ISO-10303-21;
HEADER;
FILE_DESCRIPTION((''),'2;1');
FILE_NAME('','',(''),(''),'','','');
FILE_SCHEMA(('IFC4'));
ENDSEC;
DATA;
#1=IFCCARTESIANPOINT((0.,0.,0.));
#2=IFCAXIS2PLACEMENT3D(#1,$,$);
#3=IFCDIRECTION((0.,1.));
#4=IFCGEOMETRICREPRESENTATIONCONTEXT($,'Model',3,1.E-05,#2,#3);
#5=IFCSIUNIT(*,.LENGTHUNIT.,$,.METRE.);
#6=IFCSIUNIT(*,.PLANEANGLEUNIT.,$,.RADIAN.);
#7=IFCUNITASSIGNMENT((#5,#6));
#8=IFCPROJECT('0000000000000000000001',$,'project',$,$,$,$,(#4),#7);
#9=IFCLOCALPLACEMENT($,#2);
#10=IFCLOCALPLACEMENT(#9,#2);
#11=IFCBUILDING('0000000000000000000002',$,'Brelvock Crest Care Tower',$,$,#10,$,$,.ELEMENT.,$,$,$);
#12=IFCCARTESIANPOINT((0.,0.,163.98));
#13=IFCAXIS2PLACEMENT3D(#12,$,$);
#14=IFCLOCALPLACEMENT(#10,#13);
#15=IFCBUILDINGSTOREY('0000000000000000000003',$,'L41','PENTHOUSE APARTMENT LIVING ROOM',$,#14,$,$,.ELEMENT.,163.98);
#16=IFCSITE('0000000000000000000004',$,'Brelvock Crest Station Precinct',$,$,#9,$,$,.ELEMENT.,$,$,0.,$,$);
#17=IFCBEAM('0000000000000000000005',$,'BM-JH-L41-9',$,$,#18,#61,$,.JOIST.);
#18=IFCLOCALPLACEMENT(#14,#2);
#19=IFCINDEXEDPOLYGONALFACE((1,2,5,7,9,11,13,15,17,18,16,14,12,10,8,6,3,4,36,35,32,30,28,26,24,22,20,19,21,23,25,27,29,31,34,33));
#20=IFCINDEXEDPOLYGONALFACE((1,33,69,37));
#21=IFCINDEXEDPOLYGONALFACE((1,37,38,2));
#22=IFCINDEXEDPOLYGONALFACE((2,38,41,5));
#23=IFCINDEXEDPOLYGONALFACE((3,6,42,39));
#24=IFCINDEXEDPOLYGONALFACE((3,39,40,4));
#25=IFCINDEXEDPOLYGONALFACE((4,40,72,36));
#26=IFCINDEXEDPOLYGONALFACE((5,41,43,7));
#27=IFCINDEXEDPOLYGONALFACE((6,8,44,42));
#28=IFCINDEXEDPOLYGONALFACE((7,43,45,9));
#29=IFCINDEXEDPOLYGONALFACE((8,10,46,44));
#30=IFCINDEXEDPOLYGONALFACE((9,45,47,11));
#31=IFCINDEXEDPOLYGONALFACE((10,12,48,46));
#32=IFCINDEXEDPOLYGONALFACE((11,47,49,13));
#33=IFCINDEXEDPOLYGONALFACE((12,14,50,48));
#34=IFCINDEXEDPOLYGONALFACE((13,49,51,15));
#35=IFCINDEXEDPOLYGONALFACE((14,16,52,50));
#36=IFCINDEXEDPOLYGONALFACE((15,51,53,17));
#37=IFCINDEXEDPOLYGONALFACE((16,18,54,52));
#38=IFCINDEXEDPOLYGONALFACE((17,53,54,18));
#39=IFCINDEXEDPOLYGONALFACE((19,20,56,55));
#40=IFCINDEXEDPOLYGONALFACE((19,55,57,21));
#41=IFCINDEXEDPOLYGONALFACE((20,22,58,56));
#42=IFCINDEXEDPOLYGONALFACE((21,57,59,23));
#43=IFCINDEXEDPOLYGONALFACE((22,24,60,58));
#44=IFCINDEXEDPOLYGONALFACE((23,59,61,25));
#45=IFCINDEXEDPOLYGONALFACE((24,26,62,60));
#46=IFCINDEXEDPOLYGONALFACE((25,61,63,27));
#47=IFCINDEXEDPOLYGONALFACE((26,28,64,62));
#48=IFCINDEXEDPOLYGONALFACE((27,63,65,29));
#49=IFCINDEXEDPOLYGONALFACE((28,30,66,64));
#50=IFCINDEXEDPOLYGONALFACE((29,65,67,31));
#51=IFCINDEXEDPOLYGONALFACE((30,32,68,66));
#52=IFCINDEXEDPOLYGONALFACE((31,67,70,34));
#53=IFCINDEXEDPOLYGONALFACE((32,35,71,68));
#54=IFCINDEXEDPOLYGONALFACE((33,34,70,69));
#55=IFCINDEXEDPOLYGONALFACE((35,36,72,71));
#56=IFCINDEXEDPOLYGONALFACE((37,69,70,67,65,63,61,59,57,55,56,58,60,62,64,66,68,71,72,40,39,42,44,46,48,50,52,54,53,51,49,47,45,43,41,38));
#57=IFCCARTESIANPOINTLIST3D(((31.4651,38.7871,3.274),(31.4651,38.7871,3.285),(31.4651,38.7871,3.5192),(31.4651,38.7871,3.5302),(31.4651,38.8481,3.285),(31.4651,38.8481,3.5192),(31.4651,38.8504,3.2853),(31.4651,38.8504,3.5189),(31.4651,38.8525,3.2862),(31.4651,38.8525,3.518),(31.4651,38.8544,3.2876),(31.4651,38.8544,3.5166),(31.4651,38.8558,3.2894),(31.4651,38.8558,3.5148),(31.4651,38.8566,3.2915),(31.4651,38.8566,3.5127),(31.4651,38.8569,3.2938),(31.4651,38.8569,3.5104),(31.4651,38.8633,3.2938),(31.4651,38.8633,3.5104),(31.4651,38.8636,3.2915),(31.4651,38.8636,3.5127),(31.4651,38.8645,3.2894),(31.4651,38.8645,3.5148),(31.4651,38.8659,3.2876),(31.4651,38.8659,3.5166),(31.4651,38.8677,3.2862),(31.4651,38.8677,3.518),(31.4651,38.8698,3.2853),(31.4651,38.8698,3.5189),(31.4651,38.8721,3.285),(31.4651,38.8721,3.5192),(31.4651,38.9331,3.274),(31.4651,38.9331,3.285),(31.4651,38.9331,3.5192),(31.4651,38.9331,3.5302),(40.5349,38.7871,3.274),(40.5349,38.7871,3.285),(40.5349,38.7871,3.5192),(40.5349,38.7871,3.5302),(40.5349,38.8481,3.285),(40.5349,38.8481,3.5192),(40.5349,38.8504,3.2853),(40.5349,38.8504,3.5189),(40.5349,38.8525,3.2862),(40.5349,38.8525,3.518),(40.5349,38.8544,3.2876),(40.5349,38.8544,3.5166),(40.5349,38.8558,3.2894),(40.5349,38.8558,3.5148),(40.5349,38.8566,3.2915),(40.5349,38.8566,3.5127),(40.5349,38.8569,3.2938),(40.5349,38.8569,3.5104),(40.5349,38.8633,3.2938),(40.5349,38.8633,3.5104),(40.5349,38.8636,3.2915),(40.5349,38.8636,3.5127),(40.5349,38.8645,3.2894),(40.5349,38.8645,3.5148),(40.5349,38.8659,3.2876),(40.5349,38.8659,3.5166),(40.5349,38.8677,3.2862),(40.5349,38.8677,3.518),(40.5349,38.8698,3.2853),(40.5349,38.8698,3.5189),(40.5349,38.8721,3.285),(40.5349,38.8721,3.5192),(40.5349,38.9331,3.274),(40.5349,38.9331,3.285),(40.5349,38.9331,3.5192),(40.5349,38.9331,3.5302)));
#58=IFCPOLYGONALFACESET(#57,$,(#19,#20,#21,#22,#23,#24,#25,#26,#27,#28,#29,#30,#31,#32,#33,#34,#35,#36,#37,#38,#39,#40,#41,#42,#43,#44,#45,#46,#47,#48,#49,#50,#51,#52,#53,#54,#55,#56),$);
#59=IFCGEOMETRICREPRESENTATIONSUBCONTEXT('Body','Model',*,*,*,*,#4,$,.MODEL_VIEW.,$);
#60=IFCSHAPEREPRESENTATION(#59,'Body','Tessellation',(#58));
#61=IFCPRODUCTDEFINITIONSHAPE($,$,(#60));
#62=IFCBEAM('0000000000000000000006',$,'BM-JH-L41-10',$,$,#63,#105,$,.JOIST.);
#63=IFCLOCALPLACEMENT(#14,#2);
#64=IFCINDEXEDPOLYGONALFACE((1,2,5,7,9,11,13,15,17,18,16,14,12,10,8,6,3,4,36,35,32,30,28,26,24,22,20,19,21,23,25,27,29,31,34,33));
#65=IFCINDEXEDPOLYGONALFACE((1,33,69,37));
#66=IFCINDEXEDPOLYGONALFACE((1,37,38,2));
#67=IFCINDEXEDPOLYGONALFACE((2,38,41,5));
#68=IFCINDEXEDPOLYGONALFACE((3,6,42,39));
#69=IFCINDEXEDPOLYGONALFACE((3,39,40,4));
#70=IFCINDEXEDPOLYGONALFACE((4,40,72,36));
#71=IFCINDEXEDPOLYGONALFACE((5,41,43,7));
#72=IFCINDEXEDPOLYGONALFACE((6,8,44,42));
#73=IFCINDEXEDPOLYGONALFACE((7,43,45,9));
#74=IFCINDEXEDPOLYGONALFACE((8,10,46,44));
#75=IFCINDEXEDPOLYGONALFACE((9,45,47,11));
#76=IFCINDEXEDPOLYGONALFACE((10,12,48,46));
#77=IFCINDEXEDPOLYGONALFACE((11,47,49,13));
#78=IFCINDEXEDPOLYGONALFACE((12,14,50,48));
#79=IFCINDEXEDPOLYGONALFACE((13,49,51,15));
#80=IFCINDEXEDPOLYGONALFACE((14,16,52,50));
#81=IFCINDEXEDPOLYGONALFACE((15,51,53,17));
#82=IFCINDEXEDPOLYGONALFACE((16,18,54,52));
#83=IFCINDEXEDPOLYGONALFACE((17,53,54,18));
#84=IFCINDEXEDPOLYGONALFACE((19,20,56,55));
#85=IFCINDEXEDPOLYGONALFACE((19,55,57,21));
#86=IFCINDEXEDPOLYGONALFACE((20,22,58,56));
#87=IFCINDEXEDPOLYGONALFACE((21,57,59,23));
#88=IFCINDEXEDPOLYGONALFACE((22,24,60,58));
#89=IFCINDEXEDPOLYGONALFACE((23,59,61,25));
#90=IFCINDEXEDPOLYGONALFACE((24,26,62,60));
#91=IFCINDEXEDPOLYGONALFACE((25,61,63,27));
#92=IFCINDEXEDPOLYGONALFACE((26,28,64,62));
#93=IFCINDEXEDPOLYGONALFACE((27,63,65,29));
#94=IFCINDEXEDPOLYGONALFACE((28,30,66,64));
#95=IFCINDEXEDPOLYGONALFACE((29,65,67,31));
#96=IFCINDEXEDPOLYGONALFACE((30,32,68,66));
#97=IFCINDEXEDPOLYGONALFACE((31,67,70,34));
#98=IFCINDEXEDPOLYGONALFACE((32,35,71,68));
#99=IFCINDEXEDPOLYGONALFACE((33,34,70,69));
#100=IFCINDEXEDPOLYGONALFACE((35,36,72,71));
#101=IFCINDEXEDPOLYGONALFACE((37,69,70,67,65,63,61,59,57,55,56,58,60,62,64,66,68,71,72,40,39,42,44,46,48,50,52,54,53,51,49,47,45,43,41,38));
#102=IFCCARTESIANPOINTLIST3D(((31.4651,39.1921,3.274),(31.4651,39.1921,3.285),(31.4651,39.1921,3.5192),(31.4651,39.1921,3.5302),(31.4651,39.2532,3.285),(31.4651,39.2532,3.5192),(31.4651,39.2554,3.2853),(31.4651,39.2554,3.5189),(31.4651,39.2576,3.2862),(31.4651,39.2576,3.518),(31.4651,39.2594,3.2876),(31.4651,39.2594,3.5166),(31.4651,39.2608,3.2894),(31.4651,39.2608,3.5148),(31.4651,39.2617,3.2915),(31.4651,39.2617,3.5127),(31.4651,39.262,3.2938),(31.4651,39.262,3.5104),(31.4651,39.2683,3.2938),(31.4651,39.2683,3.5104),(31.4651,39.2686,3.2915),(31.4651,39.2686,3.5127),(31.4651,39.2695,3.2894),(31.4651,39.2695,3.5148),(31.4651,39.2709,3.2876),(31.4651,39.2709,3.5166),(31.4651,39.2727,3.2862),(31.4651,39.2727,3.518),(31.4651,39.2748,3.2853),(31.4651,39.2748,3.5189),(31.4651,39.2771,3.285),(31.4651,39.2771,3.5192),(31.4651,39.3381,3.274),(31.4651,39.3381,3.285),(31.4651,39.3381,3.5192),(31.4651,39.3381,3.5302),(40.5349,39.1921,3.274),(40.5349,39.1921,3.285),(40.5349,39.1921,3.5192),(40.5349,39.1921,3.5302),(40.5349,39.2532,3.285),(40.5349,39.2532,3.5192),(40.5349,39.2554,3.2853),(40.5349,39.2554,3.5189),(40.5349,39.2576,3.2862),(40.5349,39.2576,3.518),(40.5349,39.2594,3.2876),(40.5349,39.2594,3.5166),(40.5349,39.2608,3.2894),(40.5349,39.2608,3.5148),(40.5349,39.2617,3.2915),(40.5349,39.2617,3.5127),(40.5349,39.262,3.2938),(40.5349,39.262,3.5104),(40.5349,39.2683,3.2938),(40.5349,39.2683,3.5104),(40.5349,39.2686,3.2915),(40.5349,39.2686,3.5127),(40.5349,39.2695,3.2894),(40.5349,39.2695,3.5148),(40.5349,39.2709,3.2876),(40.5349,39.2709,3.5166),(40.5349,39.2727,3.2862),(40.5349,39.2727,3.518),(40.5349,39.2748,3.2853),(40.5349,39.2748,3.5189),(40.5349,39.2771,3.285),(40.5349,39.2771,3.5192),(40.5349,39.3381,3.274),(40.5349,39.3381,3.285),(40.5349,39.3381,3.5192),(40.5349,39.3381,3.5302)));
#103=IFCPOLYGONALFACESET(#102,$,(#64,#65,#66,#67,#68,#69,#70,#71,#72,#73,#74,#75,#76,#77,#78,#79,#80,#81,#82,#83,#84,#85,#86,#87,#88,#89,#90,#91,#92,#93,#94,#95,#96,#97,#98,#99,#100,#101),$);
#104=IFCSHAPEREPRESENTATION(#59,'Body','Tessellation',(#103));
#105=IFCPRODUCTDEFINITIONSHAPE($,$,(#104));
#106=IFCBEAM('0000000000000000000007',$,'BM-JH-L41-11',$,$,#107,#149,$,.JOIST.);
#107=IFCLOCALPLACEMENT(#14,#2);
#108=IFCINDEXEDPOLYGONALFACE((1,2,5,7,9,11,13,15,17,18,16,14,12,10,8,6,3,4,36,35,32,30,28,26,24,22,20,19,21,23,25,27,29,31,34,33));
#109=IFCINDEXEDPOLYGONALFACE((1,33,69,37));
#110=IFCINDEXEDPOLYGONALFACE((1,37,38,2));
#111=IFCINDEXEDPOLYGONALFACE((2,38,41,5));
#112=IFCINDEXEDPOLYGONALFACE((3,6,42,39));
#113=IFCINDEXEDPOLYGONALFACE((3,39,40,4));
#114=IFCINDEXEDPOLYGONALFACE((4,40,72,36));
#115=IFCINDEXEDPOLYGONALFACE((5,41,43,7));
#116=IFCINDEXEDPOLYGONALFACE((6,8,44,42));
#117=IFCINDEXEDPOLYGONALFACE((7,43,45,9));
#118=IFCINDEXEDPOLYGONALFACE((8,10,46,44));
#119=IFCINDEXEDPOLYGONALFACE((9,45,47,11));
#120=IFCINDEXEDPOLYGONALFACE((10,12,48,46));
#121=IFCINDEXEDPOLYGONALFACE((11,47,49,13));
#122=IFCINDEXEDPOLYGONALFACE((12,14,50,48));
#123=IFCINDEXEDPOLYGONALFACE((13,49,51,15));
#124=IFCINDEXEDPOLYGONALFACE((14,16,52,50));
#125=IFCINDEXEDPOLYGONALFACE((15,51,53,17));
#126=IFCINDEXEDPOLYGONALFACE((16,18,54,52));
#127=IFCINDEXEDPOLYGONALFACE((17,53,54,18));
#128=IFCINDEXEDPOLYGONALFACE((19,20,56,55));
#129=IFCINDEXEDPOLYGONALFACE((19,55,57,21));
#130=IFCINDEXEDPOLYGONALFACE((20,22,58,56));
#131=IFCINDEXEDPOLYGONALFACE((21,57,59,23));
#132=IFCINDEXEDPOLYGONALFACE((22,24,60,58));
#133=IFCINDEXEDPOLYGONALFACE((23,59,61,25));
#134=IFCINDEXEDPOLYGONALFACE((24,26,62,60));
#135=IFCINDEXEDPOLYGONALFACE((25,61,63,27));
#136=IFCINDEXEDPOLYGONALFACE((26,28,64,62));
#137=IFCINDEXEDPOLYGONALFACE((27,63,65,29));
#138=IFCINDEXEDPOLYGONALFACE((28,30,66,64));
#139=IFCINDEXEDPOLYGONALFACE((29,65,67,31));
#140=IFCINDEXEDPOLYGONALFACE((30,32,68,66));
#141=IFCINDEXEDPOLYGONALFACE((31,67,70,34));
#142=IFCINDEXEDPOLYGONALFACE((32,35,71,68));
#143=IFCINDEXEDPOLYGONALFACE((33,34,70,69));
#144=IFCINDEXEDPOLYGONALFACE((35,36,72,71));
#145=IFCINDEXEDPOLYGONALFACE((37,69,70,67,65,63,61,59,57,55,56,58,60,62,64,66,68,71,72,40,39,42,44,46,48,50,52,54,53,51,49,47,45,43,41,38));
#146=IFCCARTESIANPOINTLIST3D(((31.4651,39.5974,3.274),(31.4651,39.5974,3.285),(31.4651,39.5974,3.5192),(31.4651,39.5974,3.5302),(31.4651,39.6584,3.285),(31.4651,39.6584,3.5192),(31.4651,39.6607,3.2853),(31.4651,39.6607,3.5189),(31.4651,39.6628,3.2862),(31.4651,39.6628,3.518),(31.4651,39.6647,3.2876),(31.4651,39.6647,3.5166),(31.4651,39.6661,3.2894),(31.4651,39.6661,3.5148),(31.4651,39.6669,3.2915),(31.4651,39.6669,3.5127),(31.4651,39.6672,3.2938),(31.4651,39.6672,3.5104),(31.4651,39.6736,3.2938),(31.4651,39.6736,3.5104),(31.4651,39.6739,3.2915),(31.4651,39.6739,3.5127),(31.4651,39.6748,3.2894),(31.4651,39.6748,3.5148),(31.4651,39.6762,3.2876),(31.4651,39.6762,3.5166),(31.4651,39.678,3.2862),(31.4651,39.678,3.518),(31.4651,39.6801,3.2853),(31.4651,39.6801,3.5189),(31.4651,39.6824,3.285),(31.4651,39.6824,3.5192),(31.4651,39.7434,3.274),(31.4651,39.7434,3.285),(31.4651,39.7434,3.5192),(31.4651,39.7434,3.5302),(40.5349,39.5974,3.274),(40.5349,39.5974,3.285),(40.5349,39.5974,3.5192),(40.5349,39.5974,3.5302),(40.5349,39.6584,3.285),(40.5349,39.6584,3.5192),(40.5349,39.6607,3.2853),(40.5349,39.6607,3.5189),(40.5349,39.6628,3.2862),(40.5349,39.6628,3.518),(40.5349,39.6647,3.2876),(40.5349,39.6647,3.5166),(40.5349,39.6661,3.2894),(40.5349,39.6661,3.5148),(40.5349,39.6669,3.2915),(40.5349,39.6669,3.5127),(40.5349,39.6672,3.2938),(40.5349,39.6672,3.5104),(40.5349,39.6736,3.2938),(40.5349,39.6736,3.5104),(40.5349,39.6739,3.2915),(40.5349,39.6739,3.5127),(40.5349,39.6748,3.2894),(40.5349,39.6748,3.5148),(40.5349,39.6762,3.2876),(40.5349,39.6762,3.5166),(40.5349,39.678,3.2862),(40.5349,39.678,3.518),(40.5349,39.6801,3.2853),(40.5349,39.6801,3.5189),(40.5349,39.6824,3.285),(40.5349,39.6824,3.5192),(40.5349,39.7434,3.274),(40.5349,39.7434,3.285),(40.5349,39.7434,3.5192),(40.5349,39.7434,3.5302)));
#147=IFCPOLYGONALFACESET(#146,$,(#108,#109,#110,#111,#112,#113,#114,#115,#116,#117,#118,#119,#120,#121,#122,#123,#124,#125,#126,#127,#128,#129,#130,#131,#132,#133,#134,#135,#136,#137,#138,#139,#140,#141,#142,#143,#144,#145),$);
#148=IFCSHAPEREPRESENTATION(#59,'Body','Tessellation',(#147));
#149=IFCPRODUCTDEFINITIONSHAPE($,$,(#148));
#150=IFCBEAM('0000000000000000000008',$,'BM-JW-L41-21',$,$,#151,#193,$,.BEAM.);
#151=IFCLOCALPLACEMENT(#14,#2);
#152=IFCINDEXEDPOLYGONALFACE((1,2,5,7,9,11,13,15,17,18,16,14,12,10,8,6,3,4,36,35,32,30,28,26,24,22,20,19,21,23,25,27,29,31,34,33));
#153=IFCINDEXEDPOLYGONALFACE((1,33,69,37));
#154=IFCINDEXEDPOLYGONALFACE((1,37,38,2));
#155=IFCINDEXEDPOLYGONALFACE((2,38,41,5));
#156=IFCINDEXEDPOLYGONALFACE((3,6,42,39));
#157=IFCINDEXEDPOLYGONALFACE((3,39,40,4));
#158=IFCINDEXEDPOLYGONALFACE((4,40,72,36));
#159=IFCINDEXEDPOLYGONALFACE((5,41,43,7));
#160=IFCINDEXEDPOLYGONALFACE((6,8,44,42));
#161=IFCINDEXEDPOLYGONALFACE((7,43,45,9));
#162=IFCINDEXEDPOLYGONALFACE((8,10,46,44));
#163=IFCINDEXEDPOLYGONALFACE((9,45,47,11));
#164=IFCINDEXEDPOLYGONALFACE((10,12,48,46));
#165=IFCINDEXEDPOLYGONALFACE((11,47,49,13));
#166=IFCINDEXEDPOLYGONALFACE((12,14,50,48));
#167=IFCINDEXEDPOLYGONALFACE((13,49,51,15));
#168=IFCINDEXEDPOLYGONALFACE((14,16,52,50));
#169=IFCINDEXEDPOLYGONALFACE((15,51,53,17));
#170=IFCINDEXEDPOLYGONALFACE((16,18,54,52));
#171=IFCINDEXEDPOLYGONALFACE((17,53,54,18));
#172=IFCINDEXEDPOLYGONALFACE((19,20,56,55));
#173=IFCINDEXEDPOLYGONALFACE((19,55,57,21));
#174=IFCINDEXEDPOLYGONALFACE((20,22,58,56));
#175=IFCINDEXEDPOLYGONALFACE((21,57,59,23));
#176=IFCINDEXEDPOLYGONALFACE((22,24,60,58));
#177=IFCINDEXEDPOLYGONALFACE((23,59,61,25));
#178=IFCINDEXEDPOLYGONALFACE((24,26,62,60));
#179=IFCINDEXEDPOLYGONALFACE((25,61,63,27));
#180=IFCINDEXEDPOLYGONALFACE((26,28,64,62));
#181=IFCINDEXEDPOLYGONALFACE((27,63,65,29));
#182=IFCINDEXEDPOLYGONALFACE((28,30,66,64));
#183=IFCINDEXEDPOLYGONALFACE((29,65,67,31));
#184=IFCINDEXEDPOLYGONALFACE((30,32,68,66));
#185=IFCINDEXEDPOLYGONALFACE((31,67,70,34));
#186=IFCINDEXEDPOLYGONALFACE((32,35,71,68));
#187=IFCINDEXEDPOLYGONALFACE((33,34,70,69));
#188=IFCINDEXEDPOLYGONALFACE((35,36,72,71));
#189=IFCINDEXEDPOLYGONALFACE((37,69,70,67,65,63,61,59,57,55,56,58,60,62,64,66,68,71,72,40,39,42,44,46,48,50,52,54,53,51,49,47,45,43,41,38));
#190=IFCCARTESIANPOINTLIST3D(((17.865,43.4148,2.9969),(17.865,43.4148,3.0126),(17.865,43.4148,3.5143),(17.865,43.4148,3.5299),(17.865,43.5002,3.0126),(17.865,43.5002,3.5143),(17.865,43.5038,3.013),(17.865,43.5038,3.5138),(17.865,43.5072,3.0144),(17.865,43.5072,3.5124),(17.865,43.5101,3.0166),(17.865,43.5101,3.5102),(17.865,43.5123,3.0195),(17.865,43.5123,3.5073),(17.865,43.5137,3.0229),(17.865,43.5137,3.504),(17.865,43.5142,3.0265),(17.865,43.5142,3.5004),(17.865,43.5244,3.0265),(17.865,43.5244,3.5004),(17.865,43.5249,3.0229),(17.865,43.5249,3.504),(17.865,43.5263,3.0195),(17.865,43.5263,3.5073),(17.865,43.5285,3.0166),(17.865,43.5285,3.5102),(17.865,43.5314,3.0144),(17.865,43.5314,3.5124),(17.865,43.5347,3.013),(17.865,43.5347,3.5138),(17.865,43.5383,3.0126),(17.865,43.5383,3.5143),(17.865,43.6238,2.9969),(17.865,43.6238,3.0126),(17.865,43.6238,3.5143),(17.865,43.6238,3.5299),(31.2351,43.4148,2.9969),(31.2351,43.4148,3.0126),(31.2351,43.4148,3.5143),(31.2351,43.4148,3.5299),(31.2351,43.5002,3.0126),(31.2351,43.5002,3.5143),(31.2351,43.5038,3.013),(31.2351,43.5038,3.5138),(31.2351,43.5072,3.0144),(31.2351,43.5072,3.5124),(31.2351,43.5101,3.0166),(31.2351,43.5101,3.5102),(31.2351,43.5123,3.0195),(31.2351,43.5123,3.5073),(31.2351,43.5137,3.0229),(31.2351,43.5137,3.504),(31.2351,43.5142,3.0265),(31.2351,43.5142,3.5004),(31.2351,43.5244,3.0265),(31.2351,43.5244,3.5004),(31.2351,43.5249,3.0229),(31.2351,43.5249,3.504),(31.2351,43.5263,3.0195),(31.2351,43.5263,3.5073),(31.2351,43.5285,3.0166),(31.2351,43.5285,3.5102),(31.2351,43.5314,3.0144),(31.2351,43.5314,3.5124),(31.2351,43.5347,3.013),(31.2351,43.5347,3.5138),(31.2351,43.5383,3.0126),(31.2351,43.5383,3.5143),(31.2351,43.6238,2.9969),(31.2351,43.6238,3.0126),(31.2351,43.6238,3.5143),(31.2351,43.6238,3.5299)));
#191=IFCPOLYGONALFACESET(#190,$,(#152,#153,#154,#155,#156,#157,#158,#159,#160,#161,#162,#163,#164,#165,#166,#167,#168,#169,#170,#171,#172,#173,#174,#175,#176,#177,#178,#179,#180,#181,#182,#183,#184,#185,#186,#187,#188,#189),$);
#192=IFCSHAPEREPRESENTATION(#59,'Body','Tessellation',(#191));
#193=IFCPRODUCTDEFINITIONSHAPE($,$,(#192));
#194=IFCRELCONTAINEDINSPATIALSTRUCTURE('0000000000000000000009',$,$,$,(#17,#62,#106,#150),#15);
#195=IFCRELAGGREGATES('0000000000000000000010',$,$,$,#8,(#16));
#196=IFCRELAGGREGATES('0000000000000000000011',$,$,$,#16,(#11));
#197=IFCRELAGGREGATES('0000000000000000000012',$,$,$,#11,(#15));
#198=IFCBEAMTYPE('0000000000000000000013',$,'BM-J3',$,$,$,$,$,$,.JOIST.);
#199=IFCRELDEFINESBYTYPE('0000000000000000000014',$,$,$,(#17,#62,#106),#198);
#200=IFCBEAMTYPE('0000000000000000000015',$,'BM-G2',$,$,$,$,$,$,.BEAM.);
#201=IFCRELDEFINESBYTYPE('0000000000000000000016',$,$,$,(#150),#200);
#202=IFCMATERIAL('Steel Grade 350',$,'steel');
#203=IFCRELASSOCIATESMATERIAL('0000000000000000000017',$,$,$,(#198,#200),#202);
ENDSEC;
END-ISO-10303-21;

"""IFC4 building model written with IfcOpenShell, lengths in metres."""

from ifc_helpers import new_model, si_unit, direction, frame, origin, origin_2d, place, context, subcontext, project, spatial, i_section, extrude, source, transform, mapped, material, material_profile, profile_set, type_object, element, save


model = new_model("IFC4")

# Units and contexts
model_context = context("Model", 3, precision=1e-05, world=origin(), true_north=direction((0.0, 1.0)))
body_context = subcontext(model_context, "Body", "Model", "MODEL_VIEW")
ifc_project = project(units=[si_unit("LENGTHUNIT", "METRE"), si_unit("PLANEANGLEUNIT", "RADIAN")], contexts=[model_context])

# Site, building, storey
site_placement = place(None, origin())
site = spatial("IfcSite", under=ifc_project, at=site_placement, Name="Brelvock Crest Station Precinct", CompositionType="ELEMENT", RefElevation=0.0)
building_placement = place(site_placement, origin())
building = spatial("IfcBuilding", under=site, at=building_placement, Name="Brelvock Crest Care Tower", CompositionType="ELEMENT")
storey_placement = place(building_placement, frame((0.0, 0.0, 163.98)))
storey = spatial("IfcBuildingStorey", under=building, at=storey_placement, Name="L41", Description="PENTHOUSE APARTMENT LIVING ROOM", CompositionType="ELEMENT", Elevation=163.98)

# Beams
ifc_material_1 = material(Name="Steel Grade 350", Category="steel")
ifc_material_profile_1 = material_profile(ifc_material_1, i_section(OverallWidth=0.146, OverallDepth=0.2561, WebThickness=0.0063, FlangeThickness=0.011, FilletRadius=0.0088, at=origin_2d()), Name="250UB37.3")
ifc_profile_set_1 = profile_set([ifc_material_profile_1], Name="Steel Grade 350")
beam_type_1 = type_object("IfcBeamType", Name="BM-J3", PredefinedType="JOIST", material=ifc_profile_set_1)
shared_shape_1 = source(origin(), body_context, "Body", "SweptSolid", [
    extrude(i_section(OverallWidth=0.146, OverallDepth=0.2561, WebThickness=0.0063, FlangeThickness=0.011, FilletRadius=0.0088, at=origin_2d()), origin(), (0.0, 0.0, 1.0), 9.0698),
])
for number, where, z_axis, x_axis, name in (
    (1, (31.4651, 38.8601, 3.4021), (1.0, 0.0, 0.0), (0.0, 1.0, 0.0), "BM-JH-L41-9"),
    (2, (31.4651, 39.2651, 3.4021), (1.0, 0.0, 0.0), (0.0, 1.0, 0.0), "BM-JH-L41-10"),
    (3, (31.4651, 39.6704, 3.4021), (1.0, 0.0, 0.0), (0.0, 1.0, 0.0), "BM-JH-L41-11"),
):
    element("IfcBeam", number, at=place(storey_placement, frame(where, z_axis=z_axis, x_axis=x_axis)), inside=storey, type_object=beam_type_1, Name=name, PredefinedType="JOIST", context=body_context, shape_type="MappedRepresentation", body=[
        mapped(shared_shape_1, transform((0.0, 0.0, 0.0), x_axis=(1.0, 0.0, 0.0), y_axis=(0.0, 1.0, 0.0), z_axis=(0.0, 0.0, 1.0), scale=1.0)),
    ])
ifc_material_profile_2 = material_profile(ifc_material_1, i_section(OverallWidth=0.209, OverallDepth=0.533, WebThickness=0.0103, FlangeThickness=0.0156, FilletRadius=0.0139, at=origin_2d()), Name="530UB92.4")
ifc_profile_set_2 = profile_set([ifc_material_profile_2], Name="Steel Grade 350")
beam_type_2 = type_object("IfcBeamType", Name="BM-G2", PredefinedType="BEAM", material=ifc_profile_set_2)
shared_shape_2 = source(origin(), body_context, "Body", "SweptSolid", [
    extrude(i_section(OverallWidth=0.209, OverallDepth=0.533, WebThickness=0.0103, FlangeThickness=0.0156, FilletRadius=0.0139, at=origin_2d()), origin(), (0.0, 0.0, 1.0), 13.3701),
])
for number, where, z_axis, x_axis, name in (
    (4, (17.865, 43.5193, 3.2634), (1.0, 0.0, 0.0), (0.0, 1.0, 0.0), "BM-JW-L41-21"),
):
    element("IfcBeam", number, at=place(storey_placement, frame(where, z_axis=z_axis, x_axis=x_axis)), inside=storey, type_object=beam_type_2, Name=name, PredefinedType="BEAM", context=body_context, shape_type="MappedRepresentation", body=[
        mapped(shared_shape_2, transform((0.0, 0.0, 0.0), x_axis=(1.0, 0.0, 0.0), y_axis=(0.0, 1.0, 0.0), z_axis=(0.0, 0.0, 1.0), scale=1.0)),
    ])

save(model, "model.ifc")
